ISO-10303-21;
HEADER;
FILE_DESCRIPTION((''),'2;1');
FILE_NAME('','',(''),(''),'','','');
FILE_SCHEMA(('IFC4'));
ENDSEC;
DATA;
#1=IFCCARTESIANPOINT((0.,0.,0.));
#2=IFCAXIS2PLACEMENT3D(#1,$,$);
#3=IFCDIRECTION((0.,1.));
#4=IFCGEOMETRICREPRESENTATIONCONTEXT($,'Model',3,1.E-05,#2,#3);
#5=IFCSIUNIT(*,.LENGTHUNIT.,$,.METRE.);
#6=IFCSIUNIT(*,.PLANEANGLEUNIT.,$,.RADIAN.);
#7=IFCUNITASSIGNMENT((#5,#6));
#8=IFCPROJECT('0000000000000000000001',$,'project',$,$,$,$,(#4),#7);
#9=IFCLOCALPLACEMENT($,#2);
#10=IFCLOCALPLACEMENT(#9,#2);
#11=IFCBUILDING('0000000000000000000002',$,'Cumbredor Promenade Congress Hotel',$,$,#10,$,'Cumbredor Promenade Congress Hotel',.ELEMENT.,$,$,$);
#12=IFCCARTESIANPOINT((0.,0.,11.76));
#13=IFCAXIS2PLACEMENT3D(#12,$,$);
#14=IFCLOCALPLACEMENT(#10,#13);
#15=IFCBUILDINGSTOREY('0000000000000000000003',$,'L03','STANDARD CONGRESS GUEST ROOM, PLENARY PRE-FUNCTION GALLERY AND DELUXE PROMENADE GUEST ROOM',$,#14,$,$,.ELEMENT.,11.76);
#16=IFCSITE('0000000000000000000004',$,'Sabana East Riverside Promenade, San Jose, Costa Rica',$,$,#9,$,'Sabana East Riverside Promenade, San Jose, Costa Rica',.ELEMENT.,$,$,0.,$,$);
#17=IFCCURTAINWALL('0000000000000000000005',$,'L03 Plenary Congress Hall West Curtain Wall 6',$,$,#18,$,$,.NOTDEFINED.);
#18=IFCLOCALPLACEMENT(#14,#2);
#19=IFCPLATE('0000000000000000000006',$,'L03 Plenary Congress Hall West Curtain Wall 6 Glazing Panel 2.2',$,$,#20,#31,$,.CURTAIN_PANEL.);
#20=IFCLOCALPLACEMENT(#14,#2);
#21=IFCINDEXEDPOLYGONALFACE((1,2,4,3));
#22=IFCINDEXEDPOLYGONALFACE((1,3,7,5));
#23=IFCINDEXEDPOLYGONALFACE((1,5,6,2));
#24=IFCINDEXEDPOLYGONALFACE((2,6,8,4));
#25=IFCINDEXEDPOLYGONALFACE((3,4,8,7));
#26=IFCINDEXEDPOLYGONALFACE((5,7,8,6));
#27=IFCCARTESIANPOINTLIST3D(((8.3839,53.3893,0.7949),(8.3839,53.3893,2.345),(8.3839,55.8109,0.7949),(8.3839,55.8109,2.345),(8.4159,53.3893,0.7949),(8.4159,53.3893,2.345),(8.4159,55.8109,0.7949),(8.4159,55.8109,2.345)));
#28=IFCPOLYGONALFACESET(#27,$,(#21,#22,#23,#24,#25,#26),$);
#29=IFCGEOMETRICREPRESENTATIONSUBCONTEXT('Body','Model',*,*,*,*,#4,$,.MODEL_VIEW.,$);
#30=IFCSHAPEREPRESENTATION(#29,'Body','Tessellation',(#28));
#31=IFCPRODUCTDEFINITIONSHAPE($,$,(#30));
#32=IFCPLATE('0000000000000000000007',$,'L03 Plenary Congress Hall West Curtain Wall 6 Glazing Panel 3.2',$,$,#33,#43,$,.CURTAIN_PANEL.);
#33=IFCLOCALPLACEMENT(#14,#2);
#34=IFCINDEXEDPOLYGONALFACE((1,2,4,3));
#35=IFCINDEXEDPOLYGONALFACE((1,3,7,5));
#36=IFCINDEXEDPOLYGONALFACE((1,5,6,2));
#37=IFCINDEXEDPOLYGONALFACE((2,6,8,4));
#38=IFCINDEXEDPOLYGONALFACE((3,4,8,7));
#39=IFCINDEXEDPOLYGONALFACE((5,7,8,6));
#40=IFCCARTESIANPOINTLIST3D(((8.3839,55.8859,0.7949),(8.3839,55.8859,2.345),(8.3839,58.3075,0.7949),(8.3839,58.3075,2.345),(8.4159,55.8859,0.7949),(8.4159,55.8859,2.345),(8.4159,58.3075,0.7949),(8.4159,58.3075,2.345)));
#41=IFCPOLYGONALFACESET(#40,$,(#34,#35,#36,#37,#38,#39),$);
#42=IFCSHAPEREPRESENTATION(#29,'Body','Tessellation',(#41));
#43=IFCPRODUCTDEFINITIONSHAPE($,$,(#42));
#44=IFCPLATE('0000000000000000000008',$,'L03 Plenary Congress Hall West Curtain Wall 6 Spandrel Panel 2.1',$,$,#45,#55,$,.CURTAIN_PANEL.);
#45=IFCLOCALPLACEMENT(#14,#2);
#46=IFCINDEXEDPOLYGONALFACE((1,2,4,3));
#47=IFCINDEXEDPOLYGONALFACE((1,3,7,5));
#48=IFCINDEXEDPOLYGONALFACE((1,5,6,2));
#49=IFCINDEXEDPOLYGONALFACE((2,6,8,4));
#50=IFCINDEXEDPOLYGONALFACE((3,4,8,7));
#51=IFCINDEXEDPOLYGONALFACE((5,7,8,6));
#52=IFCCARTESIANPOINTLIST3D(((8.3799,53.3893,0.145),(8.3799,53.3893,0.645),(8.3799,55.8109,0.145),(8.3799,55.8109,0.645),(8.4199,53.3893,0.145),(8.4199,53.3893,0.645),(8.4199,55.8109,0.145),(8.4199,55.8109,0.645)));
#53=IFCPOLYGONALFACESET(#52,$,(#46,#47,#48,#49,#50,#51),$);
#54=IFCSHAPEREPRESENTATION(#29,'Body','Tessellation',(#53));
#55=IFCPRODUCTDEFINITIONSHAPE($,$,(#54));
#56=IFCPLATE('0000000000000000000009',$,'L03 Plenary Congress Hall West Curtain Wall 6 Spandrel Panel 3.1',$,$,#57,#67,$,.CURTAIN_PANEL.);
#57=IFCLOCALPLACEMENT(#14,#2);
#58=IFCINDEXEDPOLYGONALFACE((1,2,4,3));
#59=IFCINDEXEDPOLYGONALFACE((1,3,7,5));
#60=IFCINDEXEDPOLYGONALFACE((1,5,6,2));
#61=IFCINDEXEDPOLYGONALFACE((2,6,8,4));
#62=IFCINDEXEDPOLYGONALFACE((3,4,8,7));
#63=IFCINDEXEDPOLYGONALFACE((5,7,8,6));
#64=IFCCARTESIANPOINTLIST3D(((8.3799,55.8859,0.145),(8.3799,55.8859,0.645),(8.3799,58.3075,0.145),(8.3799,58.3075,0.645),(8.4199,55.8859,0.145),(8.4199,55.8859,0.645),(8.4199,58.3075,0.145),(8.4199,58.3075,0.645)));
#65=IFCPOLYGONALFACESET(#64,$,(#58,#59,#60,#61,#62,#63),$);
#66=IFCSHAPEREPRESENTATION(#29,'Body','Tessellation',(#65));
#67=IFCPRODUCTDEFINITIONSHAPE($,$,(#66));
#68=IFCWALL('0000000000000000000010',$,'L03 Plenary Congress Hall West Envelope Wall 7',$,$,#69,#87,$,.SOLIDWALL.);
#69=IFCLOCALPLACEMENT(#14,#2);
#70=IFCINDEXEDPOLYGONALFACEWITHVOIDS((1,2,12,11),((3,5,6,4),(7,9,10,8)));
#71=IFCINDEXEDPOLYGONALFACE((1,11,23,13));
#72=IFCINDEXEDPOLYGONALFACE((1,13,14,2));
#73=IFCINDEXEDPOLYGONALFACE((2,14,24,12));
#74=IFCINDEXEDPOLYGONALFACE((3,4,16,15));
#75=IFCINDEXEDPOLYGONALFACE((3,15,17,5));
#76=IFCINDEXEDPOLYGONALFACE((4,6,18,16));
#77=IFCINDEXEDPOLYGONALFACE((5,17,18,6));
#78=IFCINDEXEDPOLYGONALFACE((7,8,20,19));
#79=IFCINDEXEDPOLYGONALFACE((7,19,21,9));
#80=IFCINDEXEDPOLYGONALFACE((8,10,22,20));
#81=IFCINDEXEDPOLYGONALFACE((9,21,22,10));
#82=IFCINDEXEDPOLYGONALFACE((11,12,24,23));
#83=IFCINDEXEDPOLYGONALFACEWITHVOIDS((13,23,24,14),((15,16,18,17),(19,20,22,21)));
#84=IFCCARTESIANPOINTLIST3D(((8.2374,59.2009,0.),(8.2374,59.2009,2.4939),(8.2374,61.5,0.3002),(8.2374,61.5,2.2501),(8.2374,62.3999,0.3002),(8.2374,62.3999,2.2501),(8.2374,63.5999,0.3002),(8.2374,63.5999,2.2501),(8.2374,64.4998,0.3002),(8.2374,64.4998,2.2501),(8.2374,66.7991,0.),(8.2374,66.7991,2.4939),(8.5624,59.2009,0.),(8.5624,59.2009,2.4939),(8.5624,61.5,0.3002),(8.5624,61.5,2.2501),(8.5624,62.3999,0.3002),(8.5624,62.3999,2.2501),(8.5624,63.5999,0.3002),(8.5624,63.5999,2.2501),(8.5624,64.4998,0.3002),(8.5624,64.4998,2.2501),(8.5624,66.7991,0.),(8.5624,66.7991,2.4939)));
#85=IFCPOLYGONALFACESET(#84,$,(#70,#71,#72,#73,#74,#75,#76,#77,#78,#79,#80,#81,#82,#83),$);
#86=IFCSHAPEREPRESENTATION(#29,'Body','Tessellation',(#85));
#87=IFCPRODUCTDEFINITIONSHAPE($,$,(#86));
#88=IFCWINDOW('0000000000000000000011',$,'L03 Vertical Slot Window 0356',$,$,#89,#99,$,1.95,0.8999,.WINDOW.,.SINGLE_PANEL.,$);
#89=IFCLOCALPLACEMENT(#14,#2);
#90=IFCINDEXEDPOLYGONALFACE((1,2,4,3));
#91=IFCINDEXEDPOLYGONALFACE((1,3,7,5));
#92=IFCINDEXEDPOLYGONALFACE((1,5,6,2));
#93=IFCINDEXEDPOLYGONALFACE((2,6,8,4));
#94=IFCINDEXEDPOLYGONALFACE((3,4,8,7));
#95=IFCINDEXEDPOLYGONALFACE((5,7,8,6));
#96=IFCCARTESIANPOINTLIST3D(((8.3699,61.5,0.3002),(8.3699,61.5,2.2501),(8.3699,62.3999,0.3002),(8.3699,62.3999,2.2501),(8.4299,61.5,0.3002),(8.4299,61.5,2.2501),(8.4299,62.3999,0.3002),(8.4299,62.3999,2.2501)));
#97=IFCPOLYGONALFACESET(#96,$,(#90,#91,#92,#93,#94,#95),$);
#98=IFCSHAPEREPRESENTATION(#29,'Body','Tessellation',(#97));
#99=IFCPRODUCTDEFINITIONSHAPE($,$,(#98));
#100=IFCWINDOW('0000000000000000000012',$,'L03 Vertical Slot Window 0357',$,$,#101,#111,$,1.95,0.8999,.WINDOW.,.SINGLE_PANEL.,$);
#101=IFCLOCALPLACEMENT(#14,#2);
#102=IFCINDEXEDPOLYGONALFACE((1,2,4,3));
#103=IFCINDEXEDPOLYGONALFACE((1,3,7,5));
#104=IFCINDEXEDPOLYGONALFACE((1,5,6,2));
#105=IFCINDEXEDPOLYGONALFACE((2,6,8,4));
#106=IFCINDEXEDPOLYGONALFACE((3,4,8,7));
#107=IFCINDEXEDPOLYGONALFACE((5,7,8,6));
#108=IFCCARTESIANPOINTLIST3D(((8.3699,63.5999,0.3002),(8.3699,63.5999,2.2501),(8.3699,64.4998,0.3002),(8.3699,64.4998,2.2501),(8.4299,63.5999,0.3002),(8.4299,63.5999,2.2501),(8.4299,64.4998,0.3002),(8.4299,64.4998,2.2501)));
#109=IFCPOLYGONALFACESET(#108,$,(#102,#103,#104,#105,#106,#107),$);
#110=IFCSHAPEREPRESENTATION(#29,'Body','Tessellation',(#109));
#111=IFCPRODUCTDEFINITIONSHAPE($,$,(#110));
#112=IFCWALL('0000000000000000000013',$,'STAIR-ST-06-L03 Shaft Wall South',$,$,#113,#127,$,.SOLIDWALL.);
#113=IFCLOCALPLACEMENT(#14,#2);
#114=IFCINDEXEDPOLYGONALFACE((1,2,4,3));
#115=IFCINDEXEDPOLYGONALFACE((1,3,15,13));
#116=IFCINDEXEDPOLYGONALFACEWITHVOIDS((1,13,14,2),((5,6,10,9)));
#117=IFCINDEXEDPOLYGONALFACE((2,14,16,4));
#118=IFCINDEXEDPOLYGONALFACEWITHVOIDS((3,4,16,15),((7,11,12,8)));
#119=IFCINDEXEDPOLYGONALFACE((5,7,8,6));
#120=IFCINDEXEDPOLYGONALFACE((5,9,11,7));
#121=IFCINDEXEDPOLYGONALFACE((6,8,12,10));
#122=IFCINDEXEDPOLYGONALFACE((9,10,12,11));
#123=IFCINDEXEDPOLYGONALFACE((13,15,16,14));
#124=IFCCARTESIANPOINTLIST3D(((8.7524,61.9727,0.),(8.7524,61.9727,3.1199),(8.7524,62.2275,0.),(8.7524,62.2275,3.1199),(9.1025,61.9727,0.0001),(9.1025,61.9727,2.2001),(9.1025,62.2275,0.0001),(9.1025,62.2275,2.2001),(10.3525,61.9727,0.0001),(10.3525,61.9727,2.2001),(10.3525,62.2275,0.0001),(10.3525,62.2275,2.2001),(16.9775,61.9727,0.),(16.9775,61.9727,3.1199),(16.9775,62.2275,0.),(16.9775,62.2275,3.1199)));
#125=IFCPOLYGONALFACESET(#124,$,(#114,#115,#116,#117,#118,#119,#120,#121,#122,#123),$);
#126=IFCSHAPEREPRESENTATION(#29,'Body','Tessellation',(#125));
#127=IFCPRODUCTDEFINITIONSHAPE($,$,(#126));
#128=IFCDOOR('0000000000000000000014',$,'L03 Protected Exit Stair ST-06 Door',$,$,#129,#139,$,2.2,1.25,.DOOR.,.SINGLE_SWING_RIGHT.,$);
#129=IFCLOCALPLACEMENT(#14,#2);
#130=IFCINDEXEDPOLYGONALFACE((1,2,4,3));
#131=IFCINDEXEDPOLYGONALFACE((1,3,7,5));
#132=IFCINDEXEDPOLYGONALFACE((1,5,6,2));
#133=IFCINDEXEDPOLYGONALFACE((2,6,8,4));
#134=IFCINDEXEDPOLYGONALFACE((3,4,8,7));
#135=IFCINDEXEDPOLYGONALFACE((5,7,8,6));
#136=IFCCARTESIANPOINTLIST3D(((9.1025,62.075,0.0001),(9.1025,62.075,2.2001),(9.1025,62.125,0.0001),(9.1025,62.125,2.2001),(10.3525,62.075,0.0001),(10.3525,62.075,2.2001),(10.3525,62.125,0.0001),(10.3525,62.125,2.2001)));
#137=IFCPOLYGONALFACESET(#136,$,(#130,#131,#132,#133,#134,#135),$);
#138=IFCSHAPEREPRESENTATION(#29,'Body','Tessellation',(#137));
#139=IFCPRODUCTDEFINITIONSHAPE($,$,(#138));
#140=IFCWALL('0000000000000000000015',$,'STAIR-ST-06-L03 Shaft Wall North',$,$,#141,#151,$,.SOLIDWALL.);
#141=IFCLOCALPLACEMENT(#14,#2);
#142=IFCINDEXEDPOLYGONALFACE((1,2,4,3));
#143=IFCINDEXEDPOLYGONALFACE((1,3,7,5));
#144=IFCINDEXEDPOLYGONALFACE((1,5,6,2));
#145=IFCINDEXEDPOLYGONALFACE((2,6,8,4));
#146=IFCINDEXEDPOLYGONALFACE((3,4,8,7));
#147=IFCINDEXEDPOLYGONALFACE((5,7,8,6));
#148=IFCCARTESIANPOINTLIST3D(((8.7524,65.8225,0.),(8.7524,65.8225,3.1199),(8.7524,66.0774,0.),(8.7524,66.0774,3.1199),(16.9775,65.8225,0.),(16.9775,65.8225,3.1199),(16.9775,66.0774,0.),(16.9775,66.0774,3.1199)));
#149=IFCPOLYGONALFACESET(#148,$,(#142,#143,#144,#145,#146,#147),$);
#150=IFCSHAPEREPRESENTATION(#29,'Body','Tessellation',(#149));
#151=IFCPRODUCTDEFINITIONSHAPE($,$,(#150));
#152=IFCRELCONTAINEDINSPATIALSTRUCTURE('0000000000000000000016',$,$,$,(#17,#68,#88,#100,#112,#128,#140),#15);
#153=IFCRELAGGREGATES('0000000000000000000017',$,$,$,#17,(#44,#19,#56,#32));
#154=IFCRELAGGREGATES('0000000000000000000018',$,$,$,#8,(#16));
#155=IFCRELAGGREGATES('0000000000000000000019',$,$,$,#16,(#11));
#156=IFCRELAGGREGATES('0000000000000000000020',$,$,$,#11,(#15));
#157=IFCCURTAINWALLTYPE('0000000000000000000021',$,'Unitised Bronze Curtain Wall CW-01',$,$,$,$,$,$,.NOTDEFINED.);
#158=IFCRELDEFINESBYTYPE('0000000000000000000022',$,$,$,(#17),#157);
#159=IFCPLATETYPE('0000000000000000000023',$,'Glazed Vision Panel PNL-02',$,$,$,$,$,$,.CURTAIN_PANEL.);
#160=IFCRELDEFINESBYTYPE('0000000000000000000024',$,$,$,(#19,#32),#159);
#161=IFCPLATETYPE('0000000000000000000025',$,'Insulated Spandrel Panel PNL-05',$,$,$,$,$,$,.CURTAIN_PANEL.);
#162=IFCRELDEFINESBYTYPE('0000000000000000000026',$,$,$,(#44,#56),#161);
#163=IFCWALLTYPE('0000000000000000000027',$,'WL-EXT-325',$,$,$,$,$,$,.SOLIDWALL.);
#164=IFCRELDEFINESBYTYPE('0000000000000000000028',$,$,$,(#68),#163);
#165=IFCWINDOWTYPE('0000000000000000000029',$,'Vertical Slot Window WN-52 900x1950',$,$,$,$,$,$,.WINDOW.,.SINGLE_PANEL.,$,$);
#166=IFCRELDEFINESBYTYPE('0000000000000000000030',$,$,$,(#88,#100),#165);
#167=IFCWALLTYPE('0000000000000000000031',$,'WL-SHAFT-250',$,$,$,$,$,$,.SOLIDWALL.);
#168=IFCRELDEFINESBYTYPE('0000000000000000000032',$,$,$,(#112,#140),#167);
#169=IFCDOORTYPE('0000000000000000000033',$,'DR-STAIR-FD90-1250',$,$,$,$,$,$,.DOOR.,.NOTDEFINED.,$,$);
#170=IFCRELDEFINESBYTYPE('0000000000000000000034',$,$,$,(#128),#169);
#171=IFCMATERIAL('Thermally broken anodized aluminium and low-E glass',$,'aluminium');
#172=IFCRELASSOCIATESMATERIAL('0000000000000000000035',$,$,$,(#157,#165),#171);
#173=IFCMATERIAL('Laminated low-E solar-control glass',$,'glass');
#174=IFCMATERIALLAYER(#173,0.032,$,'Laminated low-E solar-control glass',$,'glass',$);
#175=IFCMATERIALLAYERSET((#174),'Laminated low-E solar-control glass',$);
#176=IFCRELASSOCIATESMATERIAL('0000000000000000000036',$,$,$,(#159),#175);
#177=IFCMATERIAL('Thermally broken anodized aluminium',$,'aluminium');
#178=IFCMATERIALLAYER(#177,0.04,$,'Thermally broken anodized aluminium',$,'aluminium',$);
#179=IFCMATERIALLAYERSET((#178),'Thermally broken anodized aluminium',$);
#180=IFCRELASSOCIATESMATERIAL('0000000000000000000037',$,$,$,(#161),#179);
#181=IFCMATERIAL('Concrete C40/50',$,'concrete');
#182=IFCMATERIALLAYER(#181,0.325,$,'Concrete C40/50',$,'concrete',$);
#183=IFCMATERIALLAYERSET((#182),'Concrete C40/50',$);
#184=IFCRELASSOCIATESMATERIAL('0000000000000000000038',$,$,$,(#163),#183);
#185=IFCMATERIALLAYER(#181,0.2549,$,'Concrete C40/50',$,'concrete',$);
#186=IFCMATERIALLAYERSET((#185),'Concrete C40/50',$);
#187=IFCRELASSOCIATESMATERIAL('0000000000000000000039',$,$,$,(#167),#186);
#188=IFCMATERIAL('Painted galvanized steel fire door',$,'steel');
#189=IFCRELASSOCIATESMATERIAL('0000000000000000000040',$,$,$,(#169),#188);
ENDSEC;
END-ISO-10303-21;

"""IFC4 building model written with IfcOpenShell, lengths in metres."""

from ifc_helpers import new_model, si_unit, direction, frame, frame_2d, origin, origin_2d, place, context, subcontext, project, spatial, rectangle, extrude, material, layer, layer_set, type_object, element, fill, aggregate, save


model = new_model("IFC4")

# Units and contexts
model_context = context("Model", 3, precision=1e-05, world=origin(), true_north=direction((0.0, 1.0)))
body_context = subcontext(model_context, "Body", "Model", "MODEL_VIEW")
ifc_project = project(units=[si_unit("LENGTHUNIT", "METRE"), si_unit("PLANEANGLEUNIT", "RADIAN")], contexts=[model_context])

# Site, building, storey
site_placement = place(None, origin())
site = spatial("IfcSite", under=ifc_project, at=site_placement, Name="Sabana East Riverside Promenade, San Jose, Costa Rica", LongName="Sabana East Riverside Promenade, San Jose, Costa Rica", CompositionType="ELEMENT", RefElevation=0.0)
building_placement = place(site_placement, origin())
building = spatial("IfcBuilding", under=site, at=building_placement, Name="Cumbredor Promenade Congress Hotel", LongName="Cumbredor Promenade Congress Hotel", CompositionType="ELEMENT")
storey_placement = place(building_placement, frame((0.0, 0.0, 11.76)))
storey = spatial("IfcBuildingStorey", under=building, at=storey_placement, Name="L03", Description="STANDARD CONGRESS GUEST ROOM, PLENARY PRE-FUNCTION GALLERY AND DELUXE PROMENADE GUEST ROOM", CompositionType="ELEMENT", Elevation=11.76)

# Shared definitions
ifc_material_1 = material(Name="Concrete C40/50", Category="concrete")

# Curtain wall
ifc_material_2 = material(Name="Thermally broken anodized aluminium and low-E glass", Category="aluminium")
curtain_wall_type_1 = type_object("IfcCurtainWallType", Name="Unitised Bronze Curtain Wall CW-01", PredefinedType="NOTDEFINED", material=ifc_material_2)
curtain_wall_1_placement = place(storey_placement, origin())
curtain_wall_1 = element("IfcCurtainWall", 1, at=curtain_wall_1_placement, inside=storey, type_object=curtain_wall_type_1, Name="L03 Plenary Congress Hall West Curtain Wall 6", PredefinedType="NOTDEFINED")
ifc_material_3 = material(Name="Thermally broken anodized aluminium", Category="aluminium")

# Plates
ifc_material_4 = material(Name="Laminated low-E solar-control glass", Category="glass")
ifc_layer_1 = layer(ifc_material_4, 0.032, Name="Laminated low-E solar-control glass", Category="glass")
ifc_layer_set_1 = layer_set([ifc_layer_1], Name="Laminated low-E solar-control glass")
plate_type_1 = type_object("IfcPlateType", Name="Glazed Vision Panel PNL-02", PredefinedType="CURTAIN_PANEL", material=ifc_layer_set_1)
plate_1_placement = place(storey_placement, frame((8.3999, 54.6001, 0.7949), z_axis=(0.0, 0.0, 1.0), x_axis=(0.0, 1.0, 0.0)))
plate_1 = element("IfcPlate", 2, at=plate_1_placement, type_object=plate_type_1, Name="L03 Plenary Congress Hall West Curtain Wall 6 Glazing Panel 2.2", PredefinedType="CURTAIN_PANEL", context=body_context, shape_type="SweptSolid", body=[
    extrude(rectangle(XDim=2.4216, YDim=0.032, at=origin_2d()), origin(), (0.0, 0.0, 1.0), 1.55),
])
plate_2_placement = place(storey_placement, frame((8.3999, 57.0967, 0.7949), z_axis=(0.0, 0.0, 1.0), x_axis=(0.0, 1.0, 0.0)))
plate_2 = element("IfcPlate", 3, at=plate_2_placement, type_object=plate_type_1, Name="L03 Plenary Congress Hall West Curtain Wall 6 Glazing Panel 3.2", PredefinedType="CURTAIN_PANEL", context=body_context, shape_type="SweptSolid", body=[
    extrude(rectangle(XDim=2.4216, YDim=0.032, at=origin_2d()), origin(), (0.0, 0.0, 1.0), 1.55),
])
ifc_layer_2 = layer(ifc_material_3, 0.04, Name="Thermally broken anodized aluminium", Category="aluminium")
ifc_layer_set_2 = layer_set([ifc_layer_2], Name="Thermally broken anodized aluminium")
plate_type_2 = type_object("IfcPlateType", Name="Insulated Spandrel Panel PNL-05", PredefinedType="CURTAIN_PANEL", material=ifc_layer_set_2)
plate_3_placement = place(storey_placement, frame((8.3999, 54.6001, 0.145), z_axis=(0.0, 0.0, 1.0), x_axis=(0.0, 1.0, 0.0)))
plate_3 = element("IfcPlate", 4, at=plate_3_placement, type_object=plate_type_2, Name="L03 Plenary Congress Hall West Curtain Wall 6 Spandrel Panel 2.1", PredefinedType="CURTAIN_PANEL", context=body_context, shape_type="SweptSolid", body=[
    extrude(rectangle(XDim=2.4216, YDim=0.04, at=origin_2d()), origin(), (0.0, 0.0, 1.0), 0.5),
])
plate_4_placement = place(storey_placement, frame((8.3999, 57.0967, 0.145), z_axis=(0.0, 0.0, 1.0), x_axis=(0.0, 1.0, 0.0)))
plate_4 = element("IfcPlate", 5, at=plate_4_placement, type_object=plate_type_2, Name="L03 Plenary Congress Hall West Curtain Wall 6 Spandrel Panel 3.1", PredefinedType="CURTAIN_PANEL", context=body_context, shape_type="SweptSolid", body=[
    extrude(rectangle(XDim=2.4216, YDim=0.04, at=origin_2d()), origin(), (0.0, 0.0, 1.0), 0.5),
])
aggregate(curtain_wall_1, [plate_3, plate_1, plate_4, plate_2])

# Wall, openings, windows
ifc_layer_3 = layer(ifc_material_1, 0.325, Name="Concrete C40/50", Category="concrete")
ifc_layer_set_3 = layer_set([ifc_layer_3], Name="Concrete C40/50")
wall_type_1 = type_object("IfcWallType", Name="WL-EXT-325", PredefinedType="SOLIDWALL", material=ifc_layer_set_3)
wall_1_placement = place(storey_placement, frame((8.3999, 59.2009, 0.0), z_axis=(0.0, 0.0, 1.0), x_axis=(0.0, 1.0, 0.0)))
wall_1 = element("IfcWall", 6, at=wall_1_placement, inside=storey, type_object=wall_type_1, Name="L03 Plenary Congress Hall West Envelope Wall 7", PredefinedType="SOLIDWALL", context=body_context, shape_type="SweptSolid", body=[
    extrude(rectangle(XDim=7.5981, YDim=0.325, at=frame_2d((3.7991, 0.0))), origin(), (0.0, 0.0, 1.0), 2.4939),
])
opening_1_placement = place(wall_1_placement, frame((2.2991, 0.0, 0.3)))
opening_1 = element("IfcOpeningElement", 7, at=opening_1_placement, cuts=wall_1, PredefinedType="OPENING", context=body_context, shape_type="SweptSolid", body=[
    extrude(rectangle(XDim=0.8999, YDim=1.95, at=frame_2d((0.45, 0.9751))), frame((0.0, 0.1724, 0.0), z_axis=(0.0, -1.0, 0.0), x_axis=(1.0, 0.0, 0.0)), (0.0, 0.0, 1.0), 0.345),
])
opening_2_placement = place(wall_1_placement, frame((4.3989, 0.0, 0.3)))
opening_2 = element("IfcOpeningElement", 8, at=opening_2_placement, cuts=wall_1, PredefinedType="OPENING", context=body_context, shape_type="SweptSolid", body=[
    extrude(rectangle(XDim=0.8999, YDim=1.95, at=frame_2d((0.45, 0.9751))), frame((0.0, 0.1724, 0.0), z_axis=(0.0, -1.0, 0.0), x_axis=(1.0, 0.0, 0.0)), (0.0, 0.0, 1.0), 0.345),
])
window_type = type_object("IfcWindowType", Name="Vertical Slot Window WN-52 900x1950", PartitioningType="SINGLE_PANEL", PredefinedType="WINDOW", material=ifc_material_2)
window_1_placement = place(opening_1_placement, origin())
window_1 = element("IfcWindow", 9, at=window_1_placement, inside=storey, type_object=window_type, Name="L03 Vertical Slot Window 0356", OverallHeight=1.95, OverallWidth=0.8999, PartitioningType="SINGLE_PANEL", PredefinedType="WINDOW", context=body_context, shape_type="SweptSolid", body=[
    extrude(rectangle(XDim=0.8999, YDim=1.95, at=frame_2d((0.45, 0.9751))), frame((0.0, 0.03, 0.0), z_axis=(0.0, -1.0, 0.0), x_axis=(1.0, 0.0, 0.0)), (0.0, 0.0, 1.0), 0.0601),
])
fill(opening_1, window_1)
window_2_placement = place(opening_2_placement, origin())
window_2 = element("IfcWindow", 10, at=window_2_placement, inside=storey, type_object=window_type, Name="L03 Vertical Slot Window 0357", OverallHeight=1.95, OverallWidth=0.8999, PartitioningType="SINGLE_PANEL", PredefinedType="WINDOW", context=body_context, shape_type="SweptSolid", body=[
    extrude(rectangle(XDim=0.8999, YDim=1.95, at=frame_2d((0.45, 0.9751))), frame((0.0, 0.03, 0.0), z_axis=(0.0, -1.0, 0.0), x_axis=(1.0, 0.0, 0.0)), (0.0, 0.0, 1.0), 0.0601),
])
fill(opening_2, window_2)

# Wall, opening, door
ifc_layer_4 = layer(ifc_material_1, 0.2549, Name="Concrete C40/50", Category="concrete")
ifc_layer_set_4 = layer_set([ifc_layer_4], Name="Concrete C40/50")
wall_type_2 = type_object("IfcWallType", Name="WL-SHAFT-250", PredefinedType="SOLIDWALL", material=ifc_layer_set_4)
wall_2_placement = place(storey_placement, frame((8.7524, 62.1001, 0.0), z_axis=(0.0, 0.0, 1.0), x_axis=(1.0, 0.0, 0.0)))
wall_2 = element("IfcWall", 11, at=wall_2_placement, inside=storey, type_object=wall_type_2, Name="STAIR-ST-06-L03 Shaft Wall South", PredefinedType="SOLIDWALL", context=body_context, shape_type="SweptSolid", body=[
    extrude(rectangle(XDim=8.2251, YDim=0.2549, at=frame_2d((4.1125, 0.0))), origin(), (0.0, 0.0, 1.0), 3.1199),
])
opening_3_placement = place(wall_2_placement, frame((0.3501, 0.0, 0.0)))
opening_3 = element("IfcOpeningElement", 12, at=opening_3_placement, cuts=wall_2, PredefinedType="OPENING", context=body_context, shape_type="SweptSolid", body=[
    extrude(rectangle(XDim=1.25, YDim=2.2, at=frame_2d((0.625, 1.1001))), frame((0.0, 0.1375, 0.0), z_axis=(0.0, -1.0, 0.0), x_axis=(1.0, 0.0, 0.0)), (0.0, 0.0, 1.0), 0.2749),
])
ifc_material_5 = material(Name="Painted galvanized steel fire door", Category="steel")
door_type = type_object("IfcDoorType", Name="DR-STAIR-FD90-1250", OperationType="NOTDEFINED", PredefinedType="DOOR", material=ifc_material_5)
door_placement = place(opening_3_placement, origin())
door = element("IfcDoor", 13, at=door_placement, inside=storey, type_object=door_type, Name="L03 Protected Exit Stair ST-06 Door", OperationType="SINGLE_SWING_RIGHT", OverallHeight=2.2, OverallWidth=1.25, PredefinedType="DOOR", context=body_context, shape_type="SweptSolid", body=[
    extrude(rectangle(XDim=1.25, YDim=2.2, at=frame_2d((0.625, 1.1001))), frame((0.0, 0.0249, 0.0), z_axis=(0.0, -1.0, 0.0), x_axis=(1.0, 0.0, 0.0)), (0.0, 0.0, 1.0), 0.05),
])
fill(opening_3, door)

# Wall
wall_3_placement = place(storey_placement, frame((8.7524, 65.95, 0.0), z_axis=(0.0, 0.0, 1.0), x_axis=(1.0, 0.0, 0.0)))
element("IfcWall", 14, at=wall_3_placement, inside=storey, type_object=wall_type_2, Name="STAIR-ST-06-L03 Shaft Wall North", PredefinedType="SOLIDWALL", context=body_context, shape_type="SweptSolid", body=[
    extrude(rectangle(XDim=8.2251, YDim=0.2549, at=frame_2d((4.1125, 0.0))), origin(), (0.0, 0.0, 1.0), 3.1199),
])

save(model, "model.ifc")
